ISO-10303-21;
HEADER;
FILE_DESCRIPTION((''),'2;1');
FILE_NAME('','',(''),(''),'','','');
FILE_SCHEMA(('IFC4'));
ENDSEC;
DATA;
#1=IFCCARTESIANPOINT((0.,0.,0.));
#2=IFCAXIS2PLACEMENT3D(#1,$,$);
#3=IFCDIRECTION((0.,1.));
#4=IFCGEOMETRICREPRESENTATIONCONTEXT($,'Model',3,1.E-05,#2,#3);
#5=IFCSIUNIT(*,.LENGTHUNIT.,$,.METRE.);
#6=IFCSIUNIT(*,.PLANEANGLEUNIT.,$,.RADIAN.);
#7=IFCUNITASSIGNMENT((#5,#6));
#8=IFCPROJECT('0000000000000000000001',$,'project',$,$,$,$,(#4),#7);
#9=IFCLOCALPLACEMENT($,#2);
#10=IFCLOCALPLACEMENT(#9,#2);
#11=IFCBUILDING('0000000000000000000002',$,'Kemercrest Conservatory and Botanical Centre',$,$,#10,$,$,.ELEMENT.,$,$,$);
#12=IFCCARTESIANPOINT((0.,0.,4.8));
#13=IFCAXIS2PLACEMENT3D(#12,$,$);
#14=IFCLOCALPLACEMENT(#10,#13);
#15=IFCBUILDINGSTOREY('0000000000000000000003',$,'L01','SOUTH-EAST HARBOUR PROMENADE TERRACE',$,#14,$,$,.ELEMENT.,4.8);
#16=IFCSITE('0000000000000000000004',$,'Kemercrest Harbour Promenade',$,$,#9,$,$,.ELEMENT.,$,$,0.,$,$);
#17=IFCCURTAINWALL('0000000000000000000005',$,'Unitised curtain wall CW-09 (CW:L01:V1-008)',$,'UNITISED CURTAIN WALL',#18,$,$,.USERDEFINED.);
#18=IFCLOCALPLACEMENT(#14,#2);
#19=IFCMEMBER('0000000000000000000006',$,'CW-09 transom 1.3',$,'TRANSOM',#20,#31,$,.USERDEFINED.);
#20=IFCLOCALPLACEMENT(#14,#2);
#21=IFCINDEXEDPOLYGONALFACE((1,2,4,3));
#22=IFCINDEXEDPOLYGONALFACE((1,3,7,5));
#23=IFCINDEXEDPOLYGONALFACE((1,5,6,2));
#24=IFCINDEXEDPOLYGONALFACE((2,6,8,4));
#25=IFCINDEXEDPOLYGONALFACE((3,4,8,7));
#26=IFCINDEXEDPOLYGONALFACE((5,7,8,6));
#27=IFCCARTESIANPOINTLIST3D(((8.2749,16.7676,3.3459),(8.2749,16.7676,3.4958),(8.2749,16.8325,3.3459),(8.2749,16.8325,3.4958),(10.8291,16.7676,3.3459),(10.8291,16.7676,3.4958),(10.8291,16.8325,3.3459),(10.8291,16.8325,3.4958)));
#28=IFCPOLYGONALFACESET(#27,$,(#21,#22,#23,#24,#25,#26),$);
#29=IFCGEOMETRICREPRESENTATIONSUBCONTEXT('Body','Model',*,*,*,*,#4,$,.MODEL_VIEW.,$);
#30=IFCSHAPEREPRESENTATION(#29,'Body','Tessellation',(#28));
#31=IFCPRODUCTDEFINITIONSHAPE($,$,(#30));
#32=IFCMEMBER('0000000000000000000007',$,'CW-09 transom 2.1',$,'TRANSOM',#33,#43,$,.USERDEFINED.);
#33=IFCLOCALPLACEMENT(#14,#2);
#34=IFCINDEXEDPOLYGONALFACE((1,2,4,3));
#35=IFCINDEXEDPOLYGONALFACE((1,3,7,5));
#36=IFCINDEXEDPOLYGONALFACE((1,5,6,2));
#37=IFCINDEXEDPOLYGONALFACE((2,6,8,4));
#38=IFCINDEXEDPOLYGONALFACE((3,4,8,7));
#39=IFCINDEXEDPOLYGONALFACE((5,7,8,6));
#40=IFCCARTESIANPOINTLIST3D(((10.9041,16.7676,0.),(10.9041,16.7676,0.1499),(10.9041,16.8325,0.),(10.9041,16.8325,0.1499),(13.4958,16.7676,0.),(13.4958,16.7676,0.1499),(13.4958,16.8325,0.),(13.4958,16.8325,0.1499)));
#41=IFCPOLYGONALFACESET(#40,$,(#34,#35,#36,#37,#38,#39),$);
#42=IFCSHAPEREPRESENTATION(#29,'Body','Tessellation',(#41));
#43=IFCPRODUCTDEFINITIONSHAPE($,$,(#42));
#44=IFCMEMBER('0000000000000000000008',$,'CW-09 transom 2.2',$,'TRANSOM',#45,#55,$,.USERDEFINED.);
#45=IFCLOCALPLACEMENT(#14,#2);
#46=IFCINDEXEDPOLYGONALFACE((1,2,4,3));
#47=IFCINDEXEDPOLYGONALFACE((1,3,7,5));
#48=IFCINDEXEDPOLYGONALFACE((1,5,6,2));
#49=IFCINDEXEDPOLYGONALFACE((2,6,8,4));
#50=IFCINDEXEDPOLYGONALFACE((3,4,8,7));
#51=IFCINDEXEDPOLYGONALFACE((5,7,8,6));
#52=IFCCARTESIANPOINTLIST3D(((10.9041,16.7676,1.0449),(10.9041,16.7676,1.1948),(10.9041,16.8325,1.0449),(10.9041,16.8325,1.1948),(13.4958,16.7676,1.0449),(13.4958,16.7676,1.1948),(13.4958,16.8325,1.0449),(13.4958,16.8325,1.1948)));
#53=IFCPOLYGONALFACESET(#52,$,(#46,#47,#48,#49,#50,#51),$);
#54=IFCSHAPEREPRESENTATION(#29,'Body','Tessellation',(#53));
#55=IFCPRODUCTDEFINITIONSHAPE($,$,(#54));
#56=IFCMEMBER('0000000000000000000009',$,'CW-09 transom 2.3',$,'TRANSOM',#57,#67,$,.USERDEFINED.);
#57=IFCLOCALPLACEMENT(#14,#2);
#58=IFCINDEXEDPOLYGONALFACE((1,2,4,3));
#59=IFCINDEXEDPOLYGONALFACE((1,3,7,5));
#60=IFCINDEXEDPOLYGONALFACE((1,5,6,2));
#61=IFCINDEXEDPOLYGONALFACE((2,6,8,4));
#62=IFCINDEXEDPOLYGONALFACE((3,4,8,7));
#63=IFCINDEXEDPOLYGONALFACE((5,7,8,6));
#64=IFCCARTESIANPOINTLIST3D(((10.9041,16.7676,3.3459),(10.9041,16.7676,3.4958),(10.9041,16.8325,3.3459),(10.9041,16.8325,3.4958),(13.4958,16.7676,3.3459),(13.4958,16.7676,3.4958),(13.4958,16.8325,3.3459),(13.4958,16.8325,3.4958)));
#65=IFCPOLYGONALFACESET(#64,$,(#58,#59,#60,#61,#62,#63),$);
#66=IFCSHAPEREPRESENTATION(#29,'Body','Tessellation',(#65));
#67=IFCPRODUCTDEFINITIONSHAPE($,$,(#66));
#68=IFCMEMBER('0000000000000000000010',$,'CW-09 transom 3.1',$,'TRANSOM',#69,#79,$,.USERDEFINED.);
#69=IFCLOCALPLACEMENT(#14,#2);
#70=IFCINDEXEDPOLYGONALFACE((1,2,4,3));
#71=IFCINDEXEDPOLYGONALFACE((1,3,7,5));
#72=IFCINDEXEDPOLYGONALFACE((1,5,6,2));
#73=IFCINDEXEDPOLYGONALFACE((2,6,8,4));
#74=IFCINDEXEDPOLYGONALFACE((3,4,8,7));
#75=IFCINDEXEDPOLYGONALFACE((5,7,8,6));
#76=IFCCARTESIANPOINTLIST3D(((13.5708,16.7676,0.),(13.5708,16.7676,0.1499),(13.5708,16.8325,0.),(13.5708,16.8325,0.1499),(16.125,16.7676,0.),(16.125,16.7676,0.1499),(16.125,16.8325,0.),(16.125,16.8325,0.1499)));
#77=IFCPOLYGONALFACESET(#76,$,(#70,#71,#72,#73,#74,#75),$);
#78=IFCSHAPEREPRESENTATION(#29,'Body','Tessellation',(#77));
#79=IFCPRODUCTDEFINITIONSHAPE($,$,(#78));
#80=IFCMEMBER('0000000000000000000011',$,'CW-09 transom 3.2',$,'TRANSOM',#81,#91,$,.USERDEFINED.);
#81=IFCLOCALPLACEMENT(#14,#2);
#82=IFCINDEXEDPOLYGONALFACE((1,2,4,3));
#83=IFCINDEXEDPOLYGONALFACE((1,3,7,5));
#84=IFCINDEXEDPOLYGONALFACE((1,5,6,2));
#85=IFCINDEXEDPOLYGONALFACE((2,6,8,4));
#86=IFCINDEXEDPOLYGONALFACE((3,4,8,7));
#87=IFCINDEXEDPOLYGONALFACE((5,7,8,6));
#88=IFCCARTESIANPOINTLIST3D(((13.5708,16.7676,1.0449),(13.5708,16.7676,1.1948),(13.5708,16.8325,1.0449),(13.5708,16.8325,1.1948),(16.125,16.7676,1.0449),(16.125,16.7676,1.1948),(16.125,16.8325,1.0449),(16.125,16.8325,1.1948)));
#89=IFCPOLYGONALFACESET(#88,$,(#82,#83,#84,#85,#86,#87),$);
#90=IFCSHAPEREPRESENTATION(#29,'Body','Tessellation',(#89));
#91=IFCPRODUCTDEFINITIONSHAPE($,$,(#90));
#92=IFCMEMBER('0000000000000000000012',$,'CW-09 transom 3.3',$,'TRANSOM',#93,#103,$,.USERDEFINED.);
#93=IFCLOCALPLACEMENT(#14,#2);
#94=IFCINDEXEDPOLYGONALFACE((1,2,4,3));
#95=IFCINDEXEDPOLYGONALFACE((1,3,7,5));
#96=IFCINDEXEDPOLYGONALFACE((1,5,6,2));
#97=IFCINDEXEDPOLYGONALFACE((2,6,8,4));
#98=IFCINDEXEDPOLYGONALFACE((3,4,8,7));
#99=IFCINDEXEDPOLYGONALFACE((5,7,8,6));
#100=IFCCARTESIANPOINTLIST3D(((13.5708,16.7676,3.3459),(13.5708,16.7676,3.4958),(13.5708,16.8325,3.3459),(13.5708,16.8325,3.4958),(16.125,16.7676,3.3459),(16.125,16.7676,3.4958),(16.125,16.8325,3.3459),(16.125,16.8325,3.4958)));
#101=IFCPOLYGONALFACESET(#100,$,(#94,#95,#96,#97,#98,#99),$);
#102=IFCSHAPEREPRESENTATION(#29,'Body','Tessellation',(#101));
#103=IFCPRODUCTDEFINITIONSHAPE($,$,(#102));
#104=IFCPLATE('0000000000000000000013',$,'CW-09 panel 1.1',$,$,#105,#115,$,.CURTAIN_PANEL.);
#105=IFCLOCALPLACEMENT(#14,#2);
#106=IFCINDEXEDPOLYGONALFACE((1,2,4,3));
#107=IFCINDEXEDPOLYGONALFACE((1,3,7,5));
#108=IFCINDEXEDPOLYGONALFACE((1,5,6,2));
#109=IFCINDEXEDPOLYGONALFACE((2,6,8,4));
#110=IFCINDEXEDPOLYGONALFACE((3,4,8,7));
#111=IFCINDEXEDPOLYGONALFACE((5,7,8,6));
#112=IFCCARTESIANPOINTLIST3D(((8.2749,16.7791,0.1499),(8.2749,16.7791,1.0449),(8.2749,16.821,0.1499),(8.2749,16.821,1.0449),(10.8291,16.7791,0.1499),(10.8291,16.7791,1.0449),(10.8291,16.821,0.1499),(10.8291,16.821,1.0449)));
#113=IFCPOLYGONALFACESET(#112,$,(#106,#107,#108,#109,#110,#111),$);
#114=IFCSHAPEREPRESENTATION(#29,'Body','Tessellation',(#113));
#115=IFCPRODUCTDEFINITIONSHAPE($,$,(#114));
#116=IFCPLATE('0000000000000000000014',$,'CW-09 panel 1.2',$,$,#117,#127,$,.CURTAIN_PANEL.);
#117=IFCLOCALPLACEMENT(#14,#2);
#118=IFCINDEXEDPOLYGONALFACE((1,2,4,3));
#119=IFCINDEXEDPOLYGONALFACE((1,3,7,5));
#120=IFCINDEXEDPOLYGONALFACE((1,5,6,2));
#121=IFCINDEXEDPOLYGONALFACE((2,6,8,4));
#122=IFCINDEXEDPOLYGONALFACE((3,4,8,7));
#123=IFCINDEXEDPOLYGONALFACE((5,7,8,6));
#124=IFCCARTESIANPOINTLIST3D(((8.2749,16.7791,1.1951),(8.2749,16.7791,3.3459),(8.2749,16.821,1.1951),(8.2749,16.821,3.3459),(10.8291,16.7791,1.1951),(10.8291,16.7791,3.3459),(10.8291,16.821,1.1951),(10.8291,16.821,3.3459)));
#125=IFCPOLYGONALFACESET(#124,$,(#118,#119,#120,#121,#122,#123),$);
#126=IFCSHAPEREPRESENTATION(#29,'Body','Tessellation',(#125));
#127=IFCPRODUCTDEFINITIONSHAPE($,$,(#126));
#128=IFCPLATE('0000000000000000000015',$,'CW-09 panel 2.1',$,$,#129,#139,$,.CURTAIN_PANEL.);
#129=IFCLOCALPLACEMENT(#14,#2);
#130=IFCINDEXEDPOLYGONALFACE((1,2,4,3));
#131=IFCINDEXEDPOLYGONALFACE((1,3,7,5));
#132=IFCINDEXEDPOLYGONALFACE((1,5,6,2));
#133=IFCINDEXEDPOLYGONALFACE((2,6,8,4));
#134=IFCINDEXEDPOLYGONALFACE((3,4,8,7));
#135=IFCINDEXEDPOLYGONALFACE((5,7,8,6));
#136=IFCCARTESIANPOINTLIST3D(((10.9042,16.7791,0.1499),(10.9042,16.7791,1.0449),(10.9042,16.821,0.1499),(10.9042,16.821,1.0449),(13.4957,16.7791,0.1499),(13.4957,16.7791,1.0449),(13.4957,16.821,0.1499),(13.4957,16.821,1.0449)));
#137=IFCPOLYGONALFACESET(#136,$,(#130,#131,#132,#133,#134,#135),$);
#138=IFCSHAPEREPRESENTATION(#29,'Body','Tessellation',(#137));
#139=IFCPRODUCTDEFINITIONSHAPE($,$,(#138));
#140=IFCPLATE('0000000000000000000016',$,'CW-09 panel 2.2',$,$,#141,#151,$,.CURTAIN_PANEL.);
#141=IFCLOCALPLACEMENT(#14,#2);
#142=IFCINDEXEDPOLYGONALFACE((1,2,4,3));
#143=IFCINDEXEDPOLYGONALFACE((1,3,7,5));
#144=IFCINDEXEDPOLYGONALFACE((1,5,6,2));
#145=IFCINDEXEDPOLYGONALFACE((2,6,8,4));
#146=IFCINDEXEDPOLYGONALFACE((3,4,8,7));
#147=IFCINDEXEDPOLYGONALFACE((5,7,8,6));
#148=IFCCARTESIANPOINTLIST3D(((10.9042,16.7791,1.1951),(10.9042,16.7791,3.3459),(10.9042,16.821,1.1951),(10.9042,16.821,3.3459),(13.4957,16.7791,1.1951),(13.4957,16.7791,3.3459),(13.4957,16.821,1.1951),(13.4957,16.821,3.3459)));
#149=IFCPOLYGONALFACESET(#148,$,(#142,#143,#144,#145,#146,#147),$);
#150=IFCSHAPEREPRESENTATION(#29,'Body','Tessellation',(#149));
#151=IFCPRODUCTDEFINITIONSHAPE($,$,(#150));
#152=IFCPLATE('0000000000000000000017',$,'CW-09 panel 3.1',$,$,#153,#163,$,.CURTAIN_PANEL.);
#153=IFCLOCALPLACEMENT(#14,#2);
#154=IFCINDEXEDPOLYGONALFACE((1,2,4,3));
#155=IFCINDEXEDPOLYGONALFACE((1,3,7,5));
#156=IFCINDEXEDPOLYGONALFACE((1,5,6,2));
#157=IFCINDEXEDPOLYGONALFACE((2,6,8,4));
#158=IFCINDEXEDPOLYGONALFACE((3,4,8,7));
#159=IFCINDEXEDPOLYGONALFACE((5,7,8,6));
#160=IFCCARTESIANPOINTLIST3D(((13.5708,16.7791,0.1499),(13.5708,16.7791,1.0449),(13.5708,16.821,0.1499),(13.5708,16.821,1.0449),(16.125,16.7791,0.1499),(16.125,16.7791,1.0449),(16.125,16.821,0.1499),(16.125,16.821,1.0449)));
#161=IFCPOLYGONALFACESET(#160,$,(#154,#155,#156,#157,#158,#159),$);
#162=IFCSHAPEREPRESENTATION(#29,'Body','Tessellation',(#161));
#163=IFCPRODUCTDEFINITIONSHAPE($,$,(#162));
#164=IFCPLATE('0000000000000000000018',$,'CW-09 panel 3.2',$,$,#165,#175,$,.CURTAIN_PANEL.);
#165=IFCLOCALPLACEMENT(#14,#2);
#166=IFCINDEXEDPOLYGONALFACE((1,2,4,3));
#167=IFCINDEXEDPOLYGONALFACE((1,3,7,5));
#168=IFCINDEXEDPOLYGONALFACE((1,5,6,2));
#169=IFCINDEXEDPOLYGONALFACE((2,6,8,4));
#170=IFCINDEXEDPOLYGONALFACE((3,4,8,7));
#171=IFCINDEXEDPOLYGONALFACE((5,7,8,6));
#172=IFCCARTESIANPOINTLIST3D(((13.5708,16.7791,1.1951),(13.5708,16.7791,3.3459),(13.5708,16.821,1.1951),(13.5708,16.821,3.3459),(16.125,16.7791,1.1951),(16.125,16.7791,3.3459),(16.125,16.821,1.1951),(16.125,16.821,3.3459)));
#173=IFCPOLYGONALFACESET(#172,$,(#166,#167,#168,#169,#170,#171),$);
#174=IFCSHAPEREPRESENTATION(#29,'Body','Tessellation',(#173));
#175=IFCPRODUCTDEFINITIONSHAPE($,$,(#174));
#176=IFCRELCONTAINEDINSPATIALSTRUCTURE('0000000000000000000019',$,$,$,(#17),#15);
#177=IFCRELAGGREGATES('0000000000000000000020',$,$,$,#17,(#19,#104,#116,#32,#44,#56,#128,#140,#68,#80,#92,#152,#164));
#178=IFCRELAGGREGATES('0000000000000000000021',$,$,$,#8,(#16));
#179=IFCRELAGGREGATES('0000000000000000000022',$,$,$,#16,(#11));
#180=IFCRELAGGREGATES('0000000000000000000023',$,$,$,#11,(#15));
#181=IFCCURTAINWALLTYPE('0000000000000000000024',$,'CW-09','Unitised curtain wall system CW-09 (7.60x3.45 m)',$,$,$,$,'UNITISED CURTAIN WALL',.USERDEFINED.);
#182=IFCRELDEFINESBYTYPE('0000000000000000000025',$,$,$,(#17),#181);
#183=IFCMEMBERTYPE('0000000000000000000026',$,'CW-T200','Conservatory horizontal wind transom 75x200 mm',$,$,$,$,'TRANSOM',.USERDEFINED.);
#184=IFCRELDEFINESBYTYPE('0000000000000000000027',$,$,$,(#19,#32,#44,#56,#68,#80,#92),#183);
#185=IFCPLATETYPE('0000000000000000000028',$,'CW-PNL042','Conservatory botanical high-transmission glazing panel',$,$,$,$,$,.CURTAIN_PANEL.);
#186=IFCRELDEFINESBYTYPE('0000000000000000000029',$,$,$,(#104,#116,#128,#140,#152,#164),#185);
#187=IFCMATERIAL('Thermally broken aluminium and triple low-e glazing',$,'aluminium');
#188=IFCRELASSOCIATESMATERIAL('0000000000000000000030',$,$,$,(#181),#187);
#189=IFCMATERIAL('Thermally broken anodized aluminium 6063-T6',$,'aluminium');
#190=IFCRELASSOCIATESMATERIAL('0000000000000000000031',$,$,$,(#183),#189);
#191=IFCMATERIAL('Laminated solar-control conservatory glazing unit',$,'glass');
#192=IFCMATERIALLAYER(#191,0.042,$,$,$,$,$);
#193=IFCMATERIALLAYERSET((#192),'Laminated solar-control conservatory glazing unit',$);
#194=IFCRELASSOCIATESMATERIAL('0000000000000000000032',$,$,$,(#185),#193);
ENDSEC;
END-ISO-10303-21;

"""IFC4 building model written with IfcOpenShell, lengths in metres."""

from ifc_helpers import new_model, si_unit, direction, frame, origin, origin_2d, place, context, subcontext, project, spatial, rectangle, extrude, material, layer, layer_set, material_profile, profile_set, type_object, element, aggregate, save


model = new_model("IFC4")

# Units and contexts
model_context = context("Model", 3, precision=1e-05, world=origin(), true_north=direction((0.0, 1.0)))
body_context = subcontext(model_context, "Body", "Model", "MODEL_VIEW")
ifc_project = project(units=[si_unit("LENGTHUNIT", "METRE"), si_unit("PLANEANGLEUNIT", "RADIAN")], contexts=[model_context])

# Site, building, storey
site_placement = place(None, origin())
site = spatial("IfcSite", under=ifc_project, at=site_placement, Name="Kemercrest Harbour Promenade", CompositionType="ELEMENT", RefElevation=0.0)
building_placement = place(site_placement, origin())
building = spatial("IfcBuilding", under=site, at=building_placement, Name="Kemercrest Conservatory and Botanical Centre", CompositionType="ELEMENT")
storey_placement = place(building_placement, frame((0.0, 0.0, 4.8)))
storey = spatial("IfcBuildingStorey", under=building, at=storey_placement, Name="L01", Description="SOUTH-EAST HARBOUR PROMENADE TERRACE", CompositionType="ELEMENT", Elevation=4.8)

# Curtain wall, members, plates
ifc_material_1 = material(Name="Thermally broken aluminium and triple low-e glazing", Category="aluminium")
curtain_wall_type = type_object("IfcCurtainWallType", Name="CW-09", Description="Unitised curtain wall system CW-09 (7.60x3.45 m)", ElementType="UNITISED CURTAIN WALL", PredefinedType="USERDEFINED", material=ifc_material_1)
curtain_wall_placement = place(storey_placement, origin())
curtain_wall = element("IfcCurtainWall", 1, at=curtain_wall_placement, inside=storey, type_object=curtain_wall_type, Name="Unitised curtain wall CW-09 (CW:L01:V1-008)", ObjectType="UNITISED CURTAIN WALL", PredefinedType="USERDEFINED")
ifc_material_2 = material(Name="Thermally broken anodized aluminium 6063-T6", Category="aluminium")
ifc_material_profile_1 = material_profile(ifc_material_2, rectangle(XDim=0.0649, YDim=0.1499, at=origin_2d()), Name="AL TRANSOM 65x150")
ifc_profile_set_1 = profile_set([ifc_material_profile_1], Name="Thermally broken anodized aluminium 6063-T6")
member_type_1 = type_object("IfcMemberType", Name="CW-T200", Description="Conservatory horizontal wind transom 75x200 mm", ElementType="TRANSOM", PredefinedType="USERDEFINED", material=ifc_profile_set_1)
member_1_placement = place(storey_placement, frame((8.2749, 16.8, 3.4209), z_axis=(1.0, 0.0, 0.0), x_axis=(0.0, 1.0, 0.0)))
member_1 = element("IfcMember", 2, at=member_1_placement, type_object=member_type_1, Name="CW-09 transom 1.3", ObjectType="TRANSOM", PredefinedType="USERDEFINED", context=body_context, shape_type="SweptSolid", body=[
    extrude(rectangle(XDim=0.0649, YDim=0.1499, at=origin_2d()), origin(), (0.0, 0.0, 1.0), 2.5542),
])
member_2_placement = place(storey_placement, frame((10.9041, 16.8, 0.075), z_axis=(1.0, 0.0, 0.0), x_axis=(0.0, 1.0, 0.0)))
member_2 = element("IfcMember", 3, at=member_2_placement, type_object=member_type_1, Name="CW-09 transom 2.1", ObjectType="TRANSOM", PredefinedType="USERDEFINED", context=body_context, shape_type="SweptSolid", body=[
    extrude(rectangle(XDim=0.0649, YDim=0.1499, at=origin_2d()), origin(), (0.0, 0.0, 1.0), 2.5918),
])
member_3_placement = place(storey_placement, frame((10.9041, 16.8, 1.1199), z_axis=(1.0, 0.0, 0.0), x_axis=(0.0, 1.0, 0.0)))
member_3 = element("IfcMember", 4, at=member_3_placement, type_object=member_type_1, Name="CW-09 transom 2.2", ObjectType="TRANSOM", PredefinedType="USERDEFINED", context=body_context, shape_type="SweptSolid", body=[
    extrude(rectangle(XDim=0.0649, YDim=0.1499, at=origin_2d()), origin(), (0.0, 0.0, 1.0), 2.5918),
])
member_4_placement = place(storey_placement, frame((10.9041, 16.8, 3.4209), z_axis=(1.0, 0.0, 0.0), x_axis=(0.0, 1.0, 0.0)))
member_4 = element("IfcMember", 5, at=member_4_placement, type_object=member_type_1, Name="CW-09 transom 2.3", ObjectType="TRANSOM", PredefinedType="USERDEFINED", context=body_context, shape_type="SweptSolid", body=[
    extrude(rectangle(XDim=0.0649, YDim=0.1499, at=origin_2d()), origin(), (0.0, 0.0, 1.0), 2.5918),
])
member_5_placement = place(storey_placement, frame((13.5708, 16.8, 0.075), z_axis=(1.0, 0.0, 0.0), x_axis=(0.0, 1.0, 0.0)))
member_5 = element("IfcMember", 6, at=member_5_placement, type_object=member_type_1, Name="CW-09 transom 3.1", ObjectType="TRANSOM", PredefinedType="USERDEFINED", context=body_context, shape_type="SweptSolid", body=[
    extrude(rectangle(XDim=0.0649, YDim=0.1499, at=origin_2d()), origin(), (0.0, 0.0, 1.0), 2.5542),
])
member_6_placement = place(storey_placement, frame((13.5708, 16.8, 1.1199), z_axis=(1.0, 0.0, 0.0), x_axis=(0.0, 1.0, 0.0)))
member_6 = element("IfcMember", 7, at=member_6_placement, type_object=member_type_1, Name="CW-09 transom 3.2", ObjectType="TRANSOM", PredefinedType="USERDEFINED", context=body_context, shape_type="SweptSolid", body=[
    extrude(rectangle(XDim=0.0649, YDim=0.1499, at=origin_2d()), origin(), (0.0, 0.0, 1.0), 2.5542),
])
member_7_placement = place(storey_placement, frame((13.5708, 16.8, 3.4209), z_axis=(1.0, 0.0, 0.0), x_axis=(0.0, 1.0, 0.0)))
member_7 = element("IfcMember", 8, at=member_7_placement, type_object=member_type_1, Name="CW-09 transom 3.3", ObjectType="TRANSOM", PredefinedType="USERDEFINED", context=body_context, shape_type="SweptSolid", body=[
    extrude(rectangle(XDim=0.0649, YDim=0.1499, at=origin_2d()), origin(), (0.0, 0.0, 1.0), 2.5542),
])
ifc_material_3 = material(Name="Laminated solar-control conservatory glazing unit", Category="glass")
ifc_layer_1 = layer(ifc_material_3, 0.042)
ifc_layer_set_1 = layer_set([ifc_layer_1], Name="Laminated solar-control conservatory glazing unit")
plate_type = type_object("IfcPlateType", Name="CW-PNL042", Description="Conservatory botanical high-transmission glazing panel", PredefinedType="CURTAIN_PANEL", material=ifc_layer_set_1)
plate_1_placement = place(storey_placement, frame((9.552, 16.8, 0.1499), z_axis=(0.0, 0.0, 1.0), x_axis=(1.0, 0.0, 0.0)))
plate_1 = element("IfcPlate", 9, at=plate_1_placement, type_object=plate_type, Name="CW-09 panel 1.1", PredefinedType="CURTAIN_PANEL", context=body_context, shape_type="SweptSolid", body=[
    extrude(rectangle(XDim=2.5542, YDim=0.042, at=origin_2d()), origin(), (0.0, 0.0, 1.0), 0.895),
])
plate_2_placement = place(storey_placement, frame((9.552, 16.8, 1.1951), z_axis=(0.0, 0.0, 1.0), x_axis=(1.0, 0.0, 0.0)))
plate_2 = element("IfcPlate", 10, at=plate_2_placement, type_object=plate_type, Name="CW-09 panel 1.2", PredefinedType="CURTAIN_PANEL", context=body_context, shape_type="SweptSolid", body=[
    extrude(rectangle(XDim=2.5542, YDim=0.042, at=origin_2d()), origin(), (0.0, 0.0, 1.0), 2.1509),
])
plate_3_placement = place(storey_placement, frame((12.2, 16.8, 0.1499), z_axis=(0.0, 0.0, 1.0), x_axis=(1.0, 0.0, 0.0)))
plate_3 = element("IfcPlate", 11, at=plate_3_placement, type_object=plate_type, Name="CW-09 panel 2.1", PredefinedType="CURTAIN_PANEL", context=body_context, shape_type="SweptSolid", body=[
    extrude(rectangle(XDim=2.5916, YDim=0.042, at=origin_2d()), origin(), (0.0, 0.0, 1.0), 0.895),
])
plate_4_placement = place(storey_placement, frame((12.2, 16.8, 1.1951), z_axis=(0.0, 0.0, 1.0), x_axis=(1.0, 0.0, 0.0)))
plate_4 = element("IfcPlate", 12, at=plate_4_placement, type_object=plate_type, Name="CW-09 panel 2.2", PredefinedType="CURTAIN_PANEL", context=body_context, shape_type="SweptSolid", body=[
    extrude(rectangle(XDim=2.5916, YDim=0.042, at=origin_2d()), origin(), (0.0, 0.0, 1.0), 2.1509),
])
plate_5_placement = place(storey_placement, frame((14.8479, 16.8, 0.1499), z_axis=(0.0, 0.0, 1.0), x_axis=(1.0, 0.0, 0.0)))
plate_5 = element("IfcPlate", 13, at=plate_5_placement, type_object=plate_type, Name="CW-09 panel 3.1", PredefinedType="CURTAIN_PANEL", context=body_context, shape_type="SweptSolid", body=[
    extrude(rectangle(XDim=2.5542, YDim=0.042, at=origin_2d()), origin(), (0.0, 0.0, 1.0), 0.895),
])
plate_6_placement = place(storey_placement, frame((14.8479, 16.8, 1.1951), z_axis=(0.0, 0.0, 1.0), x_axis=(1.0, 0.0, 0.0)))
plate_6 = element("IfcPlate", 14, at=plate_6_placement, type_object=plate_type, Name="CW-09 panel 3.2", PredefinedType="CURTAIN_PANEL", context=body_context, shape_type="SweptSolid", body=[
    extrude(rectangle(XDim=2.5542, YDim=0.042, at=origin_2d()), origin(), (0.0, 0.0, 1.0), 2.1509),
])
aggregate(curtain_wall, [member_1, plate_1, plate_2, member_2, member_3, member_4, plate_3, plate_4, member_5, member_6, member_7, plate_5, plate_6])

save(model, "model.ifc")
